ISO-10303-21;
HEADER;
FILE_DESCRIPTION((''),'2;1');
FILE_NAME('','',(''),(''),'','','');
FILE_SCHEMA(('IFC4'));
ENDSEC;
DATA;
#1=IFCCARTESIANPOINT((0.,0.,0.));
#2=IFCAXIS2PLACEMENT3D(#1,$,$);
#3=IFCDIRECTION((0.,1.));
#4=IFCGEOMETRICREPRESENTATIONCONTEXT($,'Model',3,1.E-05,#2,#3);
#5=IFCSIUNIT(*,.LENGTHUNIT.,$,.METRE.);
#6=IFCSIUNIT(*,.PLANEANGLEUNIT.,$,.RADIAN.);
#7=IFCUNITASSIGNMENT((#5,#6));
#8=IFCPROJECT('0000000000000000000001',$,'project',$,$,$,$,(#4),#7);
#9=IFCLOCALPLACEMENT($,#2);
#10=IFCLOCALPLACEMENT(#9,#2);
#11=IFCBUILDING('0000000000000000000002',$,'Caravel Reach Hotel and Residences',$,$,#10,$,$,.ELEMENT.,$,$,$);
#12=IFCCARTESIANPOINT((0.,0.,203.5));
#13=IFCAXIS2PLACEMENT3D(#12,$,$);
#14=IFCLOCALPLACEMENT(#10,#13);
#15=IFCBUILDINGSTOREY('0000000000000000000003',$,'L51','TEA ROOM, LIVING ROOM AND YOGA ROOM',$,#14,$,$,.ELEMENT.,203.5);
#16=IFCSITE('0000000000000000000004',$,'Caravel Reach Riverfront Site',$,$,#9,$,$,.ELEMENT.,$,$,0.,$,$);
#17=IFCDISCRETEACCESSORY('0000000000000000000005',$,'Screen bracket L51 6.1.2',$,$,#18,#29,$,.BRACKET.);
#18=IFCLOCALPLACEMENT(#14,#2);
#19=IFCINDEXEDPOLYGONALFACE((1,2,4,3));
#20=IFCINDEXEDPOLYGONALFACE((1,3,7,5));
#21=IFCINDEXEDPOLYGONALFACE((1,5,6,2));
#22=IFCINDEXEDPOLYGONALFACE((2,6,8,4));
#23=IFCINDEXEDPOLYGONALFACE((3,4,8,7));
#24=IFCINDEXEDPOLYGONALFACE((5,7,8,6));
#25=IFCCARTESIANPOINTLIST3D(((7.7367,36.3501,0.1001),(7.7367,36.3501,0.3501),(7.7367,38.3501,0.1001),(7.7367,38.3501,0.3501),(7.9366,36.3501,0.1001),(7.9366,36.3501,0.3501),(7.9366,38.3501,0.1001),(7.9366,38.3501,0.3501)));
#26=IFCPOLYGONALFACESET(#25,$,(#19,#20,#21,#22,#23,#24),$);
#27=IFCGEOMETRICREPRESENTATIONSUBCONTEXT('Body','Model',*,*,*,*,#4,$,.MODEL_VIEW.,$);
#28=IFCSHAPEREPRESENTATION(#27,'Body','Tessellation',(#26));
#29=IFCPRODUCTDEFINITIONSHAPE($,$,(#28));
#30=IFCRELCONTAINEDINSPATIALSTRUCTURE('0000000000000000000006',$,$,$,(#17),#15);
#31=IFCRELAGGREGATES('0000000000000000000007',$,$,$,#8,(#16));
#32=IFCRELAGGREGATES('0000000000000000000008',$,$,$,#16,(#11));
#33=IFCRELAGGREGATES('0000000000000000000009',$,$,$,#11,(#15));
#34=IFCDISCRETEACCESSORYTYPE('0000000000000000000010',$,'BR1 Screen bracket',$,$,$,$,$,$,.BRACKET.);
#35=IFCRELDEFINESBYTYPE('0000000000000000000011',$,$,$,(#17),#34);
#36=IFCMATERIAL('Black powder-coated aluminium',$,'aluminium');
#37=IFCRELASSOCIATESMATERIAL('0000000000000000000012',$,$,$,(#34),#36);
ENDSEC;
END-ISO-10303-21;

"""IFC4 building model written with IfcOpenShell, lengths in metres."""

from ifc_helpers import new_model, si_unit, direction, frame, origin, origin_2d, place, context, subcontext, project, spatial, rectangle, extrude, material, type_object, element, save


model = new_model("IFC4")

# Units and contexts
model_context = context("Model", 3, precision=1e-05, world=origin(), true_north=direction((0.0, 1.0)))
body_context = subcontext(model_context, "Body", "Model", "MODEL_VIEW")
ifc_project = project(units=[si_unit("LENGTHUNIT", "METRE"), si_unit("PLANEANGLEUNIT", "RADIAN")], contexts=[model_context])

# Site, building, storey
site_placement = place(None, origin())
site = spatial("IfcSite", under=ifc_project, at=site_placement, Name="Caravel Reach Riverfront Site", CompositionType="ELEMENT", RefElevation=0.0)
building_placement = place(site_placement, origin())
building = spatial("IfcBuilding", under=site, at=building_placement, Name="Caravel Reach Hotel and Residences", CompositionType="ELEMENT")
storey_placement = place(building_placement, frame((0.0, 0.0, 203.5)))
storey = spatial("IfcBuildingStorey", under=building, at=storey_placement, Name="L51", Description="TEA ROOM, LIVING ROOM AND YOGA ROOM", CompositionType="ELEMENT", Elevation=203.5)

# Discrete accessory
ifc_material_1 = material(Name="Black powder-coated aluminium", Category="aluminium")
discrete_accessory_type = type_object("IfcDiscreteAccessoryType", Name="BR1 Screen bracket", PredefinedType="BRACKET", material=ifc_material_1)
discrete_accessory_1_placement = place(storey_placement, frame((7.8367, 37.3501, 0.1001), z_axis=(0.0, 0.0, 1.0), x_axis=(0.0, 1.0, 0.0)))
element("IfcDiscreteAccessory", 1, at=discrete_accessory_1_placement, inside=storey, type_object=discrete_accessory_type, Name="Screen bracket L51 6.1.2", PredefinedType="BRACKET", context=body_context, shape_type="SweptSolid", body=[
    extrude(rectangle(XDim=2.0, YDim=0.2, at=origin_2d()), origin(), (0.0, 0.0, 1.0), 0.25),
])

save(model, "model.ifc")
